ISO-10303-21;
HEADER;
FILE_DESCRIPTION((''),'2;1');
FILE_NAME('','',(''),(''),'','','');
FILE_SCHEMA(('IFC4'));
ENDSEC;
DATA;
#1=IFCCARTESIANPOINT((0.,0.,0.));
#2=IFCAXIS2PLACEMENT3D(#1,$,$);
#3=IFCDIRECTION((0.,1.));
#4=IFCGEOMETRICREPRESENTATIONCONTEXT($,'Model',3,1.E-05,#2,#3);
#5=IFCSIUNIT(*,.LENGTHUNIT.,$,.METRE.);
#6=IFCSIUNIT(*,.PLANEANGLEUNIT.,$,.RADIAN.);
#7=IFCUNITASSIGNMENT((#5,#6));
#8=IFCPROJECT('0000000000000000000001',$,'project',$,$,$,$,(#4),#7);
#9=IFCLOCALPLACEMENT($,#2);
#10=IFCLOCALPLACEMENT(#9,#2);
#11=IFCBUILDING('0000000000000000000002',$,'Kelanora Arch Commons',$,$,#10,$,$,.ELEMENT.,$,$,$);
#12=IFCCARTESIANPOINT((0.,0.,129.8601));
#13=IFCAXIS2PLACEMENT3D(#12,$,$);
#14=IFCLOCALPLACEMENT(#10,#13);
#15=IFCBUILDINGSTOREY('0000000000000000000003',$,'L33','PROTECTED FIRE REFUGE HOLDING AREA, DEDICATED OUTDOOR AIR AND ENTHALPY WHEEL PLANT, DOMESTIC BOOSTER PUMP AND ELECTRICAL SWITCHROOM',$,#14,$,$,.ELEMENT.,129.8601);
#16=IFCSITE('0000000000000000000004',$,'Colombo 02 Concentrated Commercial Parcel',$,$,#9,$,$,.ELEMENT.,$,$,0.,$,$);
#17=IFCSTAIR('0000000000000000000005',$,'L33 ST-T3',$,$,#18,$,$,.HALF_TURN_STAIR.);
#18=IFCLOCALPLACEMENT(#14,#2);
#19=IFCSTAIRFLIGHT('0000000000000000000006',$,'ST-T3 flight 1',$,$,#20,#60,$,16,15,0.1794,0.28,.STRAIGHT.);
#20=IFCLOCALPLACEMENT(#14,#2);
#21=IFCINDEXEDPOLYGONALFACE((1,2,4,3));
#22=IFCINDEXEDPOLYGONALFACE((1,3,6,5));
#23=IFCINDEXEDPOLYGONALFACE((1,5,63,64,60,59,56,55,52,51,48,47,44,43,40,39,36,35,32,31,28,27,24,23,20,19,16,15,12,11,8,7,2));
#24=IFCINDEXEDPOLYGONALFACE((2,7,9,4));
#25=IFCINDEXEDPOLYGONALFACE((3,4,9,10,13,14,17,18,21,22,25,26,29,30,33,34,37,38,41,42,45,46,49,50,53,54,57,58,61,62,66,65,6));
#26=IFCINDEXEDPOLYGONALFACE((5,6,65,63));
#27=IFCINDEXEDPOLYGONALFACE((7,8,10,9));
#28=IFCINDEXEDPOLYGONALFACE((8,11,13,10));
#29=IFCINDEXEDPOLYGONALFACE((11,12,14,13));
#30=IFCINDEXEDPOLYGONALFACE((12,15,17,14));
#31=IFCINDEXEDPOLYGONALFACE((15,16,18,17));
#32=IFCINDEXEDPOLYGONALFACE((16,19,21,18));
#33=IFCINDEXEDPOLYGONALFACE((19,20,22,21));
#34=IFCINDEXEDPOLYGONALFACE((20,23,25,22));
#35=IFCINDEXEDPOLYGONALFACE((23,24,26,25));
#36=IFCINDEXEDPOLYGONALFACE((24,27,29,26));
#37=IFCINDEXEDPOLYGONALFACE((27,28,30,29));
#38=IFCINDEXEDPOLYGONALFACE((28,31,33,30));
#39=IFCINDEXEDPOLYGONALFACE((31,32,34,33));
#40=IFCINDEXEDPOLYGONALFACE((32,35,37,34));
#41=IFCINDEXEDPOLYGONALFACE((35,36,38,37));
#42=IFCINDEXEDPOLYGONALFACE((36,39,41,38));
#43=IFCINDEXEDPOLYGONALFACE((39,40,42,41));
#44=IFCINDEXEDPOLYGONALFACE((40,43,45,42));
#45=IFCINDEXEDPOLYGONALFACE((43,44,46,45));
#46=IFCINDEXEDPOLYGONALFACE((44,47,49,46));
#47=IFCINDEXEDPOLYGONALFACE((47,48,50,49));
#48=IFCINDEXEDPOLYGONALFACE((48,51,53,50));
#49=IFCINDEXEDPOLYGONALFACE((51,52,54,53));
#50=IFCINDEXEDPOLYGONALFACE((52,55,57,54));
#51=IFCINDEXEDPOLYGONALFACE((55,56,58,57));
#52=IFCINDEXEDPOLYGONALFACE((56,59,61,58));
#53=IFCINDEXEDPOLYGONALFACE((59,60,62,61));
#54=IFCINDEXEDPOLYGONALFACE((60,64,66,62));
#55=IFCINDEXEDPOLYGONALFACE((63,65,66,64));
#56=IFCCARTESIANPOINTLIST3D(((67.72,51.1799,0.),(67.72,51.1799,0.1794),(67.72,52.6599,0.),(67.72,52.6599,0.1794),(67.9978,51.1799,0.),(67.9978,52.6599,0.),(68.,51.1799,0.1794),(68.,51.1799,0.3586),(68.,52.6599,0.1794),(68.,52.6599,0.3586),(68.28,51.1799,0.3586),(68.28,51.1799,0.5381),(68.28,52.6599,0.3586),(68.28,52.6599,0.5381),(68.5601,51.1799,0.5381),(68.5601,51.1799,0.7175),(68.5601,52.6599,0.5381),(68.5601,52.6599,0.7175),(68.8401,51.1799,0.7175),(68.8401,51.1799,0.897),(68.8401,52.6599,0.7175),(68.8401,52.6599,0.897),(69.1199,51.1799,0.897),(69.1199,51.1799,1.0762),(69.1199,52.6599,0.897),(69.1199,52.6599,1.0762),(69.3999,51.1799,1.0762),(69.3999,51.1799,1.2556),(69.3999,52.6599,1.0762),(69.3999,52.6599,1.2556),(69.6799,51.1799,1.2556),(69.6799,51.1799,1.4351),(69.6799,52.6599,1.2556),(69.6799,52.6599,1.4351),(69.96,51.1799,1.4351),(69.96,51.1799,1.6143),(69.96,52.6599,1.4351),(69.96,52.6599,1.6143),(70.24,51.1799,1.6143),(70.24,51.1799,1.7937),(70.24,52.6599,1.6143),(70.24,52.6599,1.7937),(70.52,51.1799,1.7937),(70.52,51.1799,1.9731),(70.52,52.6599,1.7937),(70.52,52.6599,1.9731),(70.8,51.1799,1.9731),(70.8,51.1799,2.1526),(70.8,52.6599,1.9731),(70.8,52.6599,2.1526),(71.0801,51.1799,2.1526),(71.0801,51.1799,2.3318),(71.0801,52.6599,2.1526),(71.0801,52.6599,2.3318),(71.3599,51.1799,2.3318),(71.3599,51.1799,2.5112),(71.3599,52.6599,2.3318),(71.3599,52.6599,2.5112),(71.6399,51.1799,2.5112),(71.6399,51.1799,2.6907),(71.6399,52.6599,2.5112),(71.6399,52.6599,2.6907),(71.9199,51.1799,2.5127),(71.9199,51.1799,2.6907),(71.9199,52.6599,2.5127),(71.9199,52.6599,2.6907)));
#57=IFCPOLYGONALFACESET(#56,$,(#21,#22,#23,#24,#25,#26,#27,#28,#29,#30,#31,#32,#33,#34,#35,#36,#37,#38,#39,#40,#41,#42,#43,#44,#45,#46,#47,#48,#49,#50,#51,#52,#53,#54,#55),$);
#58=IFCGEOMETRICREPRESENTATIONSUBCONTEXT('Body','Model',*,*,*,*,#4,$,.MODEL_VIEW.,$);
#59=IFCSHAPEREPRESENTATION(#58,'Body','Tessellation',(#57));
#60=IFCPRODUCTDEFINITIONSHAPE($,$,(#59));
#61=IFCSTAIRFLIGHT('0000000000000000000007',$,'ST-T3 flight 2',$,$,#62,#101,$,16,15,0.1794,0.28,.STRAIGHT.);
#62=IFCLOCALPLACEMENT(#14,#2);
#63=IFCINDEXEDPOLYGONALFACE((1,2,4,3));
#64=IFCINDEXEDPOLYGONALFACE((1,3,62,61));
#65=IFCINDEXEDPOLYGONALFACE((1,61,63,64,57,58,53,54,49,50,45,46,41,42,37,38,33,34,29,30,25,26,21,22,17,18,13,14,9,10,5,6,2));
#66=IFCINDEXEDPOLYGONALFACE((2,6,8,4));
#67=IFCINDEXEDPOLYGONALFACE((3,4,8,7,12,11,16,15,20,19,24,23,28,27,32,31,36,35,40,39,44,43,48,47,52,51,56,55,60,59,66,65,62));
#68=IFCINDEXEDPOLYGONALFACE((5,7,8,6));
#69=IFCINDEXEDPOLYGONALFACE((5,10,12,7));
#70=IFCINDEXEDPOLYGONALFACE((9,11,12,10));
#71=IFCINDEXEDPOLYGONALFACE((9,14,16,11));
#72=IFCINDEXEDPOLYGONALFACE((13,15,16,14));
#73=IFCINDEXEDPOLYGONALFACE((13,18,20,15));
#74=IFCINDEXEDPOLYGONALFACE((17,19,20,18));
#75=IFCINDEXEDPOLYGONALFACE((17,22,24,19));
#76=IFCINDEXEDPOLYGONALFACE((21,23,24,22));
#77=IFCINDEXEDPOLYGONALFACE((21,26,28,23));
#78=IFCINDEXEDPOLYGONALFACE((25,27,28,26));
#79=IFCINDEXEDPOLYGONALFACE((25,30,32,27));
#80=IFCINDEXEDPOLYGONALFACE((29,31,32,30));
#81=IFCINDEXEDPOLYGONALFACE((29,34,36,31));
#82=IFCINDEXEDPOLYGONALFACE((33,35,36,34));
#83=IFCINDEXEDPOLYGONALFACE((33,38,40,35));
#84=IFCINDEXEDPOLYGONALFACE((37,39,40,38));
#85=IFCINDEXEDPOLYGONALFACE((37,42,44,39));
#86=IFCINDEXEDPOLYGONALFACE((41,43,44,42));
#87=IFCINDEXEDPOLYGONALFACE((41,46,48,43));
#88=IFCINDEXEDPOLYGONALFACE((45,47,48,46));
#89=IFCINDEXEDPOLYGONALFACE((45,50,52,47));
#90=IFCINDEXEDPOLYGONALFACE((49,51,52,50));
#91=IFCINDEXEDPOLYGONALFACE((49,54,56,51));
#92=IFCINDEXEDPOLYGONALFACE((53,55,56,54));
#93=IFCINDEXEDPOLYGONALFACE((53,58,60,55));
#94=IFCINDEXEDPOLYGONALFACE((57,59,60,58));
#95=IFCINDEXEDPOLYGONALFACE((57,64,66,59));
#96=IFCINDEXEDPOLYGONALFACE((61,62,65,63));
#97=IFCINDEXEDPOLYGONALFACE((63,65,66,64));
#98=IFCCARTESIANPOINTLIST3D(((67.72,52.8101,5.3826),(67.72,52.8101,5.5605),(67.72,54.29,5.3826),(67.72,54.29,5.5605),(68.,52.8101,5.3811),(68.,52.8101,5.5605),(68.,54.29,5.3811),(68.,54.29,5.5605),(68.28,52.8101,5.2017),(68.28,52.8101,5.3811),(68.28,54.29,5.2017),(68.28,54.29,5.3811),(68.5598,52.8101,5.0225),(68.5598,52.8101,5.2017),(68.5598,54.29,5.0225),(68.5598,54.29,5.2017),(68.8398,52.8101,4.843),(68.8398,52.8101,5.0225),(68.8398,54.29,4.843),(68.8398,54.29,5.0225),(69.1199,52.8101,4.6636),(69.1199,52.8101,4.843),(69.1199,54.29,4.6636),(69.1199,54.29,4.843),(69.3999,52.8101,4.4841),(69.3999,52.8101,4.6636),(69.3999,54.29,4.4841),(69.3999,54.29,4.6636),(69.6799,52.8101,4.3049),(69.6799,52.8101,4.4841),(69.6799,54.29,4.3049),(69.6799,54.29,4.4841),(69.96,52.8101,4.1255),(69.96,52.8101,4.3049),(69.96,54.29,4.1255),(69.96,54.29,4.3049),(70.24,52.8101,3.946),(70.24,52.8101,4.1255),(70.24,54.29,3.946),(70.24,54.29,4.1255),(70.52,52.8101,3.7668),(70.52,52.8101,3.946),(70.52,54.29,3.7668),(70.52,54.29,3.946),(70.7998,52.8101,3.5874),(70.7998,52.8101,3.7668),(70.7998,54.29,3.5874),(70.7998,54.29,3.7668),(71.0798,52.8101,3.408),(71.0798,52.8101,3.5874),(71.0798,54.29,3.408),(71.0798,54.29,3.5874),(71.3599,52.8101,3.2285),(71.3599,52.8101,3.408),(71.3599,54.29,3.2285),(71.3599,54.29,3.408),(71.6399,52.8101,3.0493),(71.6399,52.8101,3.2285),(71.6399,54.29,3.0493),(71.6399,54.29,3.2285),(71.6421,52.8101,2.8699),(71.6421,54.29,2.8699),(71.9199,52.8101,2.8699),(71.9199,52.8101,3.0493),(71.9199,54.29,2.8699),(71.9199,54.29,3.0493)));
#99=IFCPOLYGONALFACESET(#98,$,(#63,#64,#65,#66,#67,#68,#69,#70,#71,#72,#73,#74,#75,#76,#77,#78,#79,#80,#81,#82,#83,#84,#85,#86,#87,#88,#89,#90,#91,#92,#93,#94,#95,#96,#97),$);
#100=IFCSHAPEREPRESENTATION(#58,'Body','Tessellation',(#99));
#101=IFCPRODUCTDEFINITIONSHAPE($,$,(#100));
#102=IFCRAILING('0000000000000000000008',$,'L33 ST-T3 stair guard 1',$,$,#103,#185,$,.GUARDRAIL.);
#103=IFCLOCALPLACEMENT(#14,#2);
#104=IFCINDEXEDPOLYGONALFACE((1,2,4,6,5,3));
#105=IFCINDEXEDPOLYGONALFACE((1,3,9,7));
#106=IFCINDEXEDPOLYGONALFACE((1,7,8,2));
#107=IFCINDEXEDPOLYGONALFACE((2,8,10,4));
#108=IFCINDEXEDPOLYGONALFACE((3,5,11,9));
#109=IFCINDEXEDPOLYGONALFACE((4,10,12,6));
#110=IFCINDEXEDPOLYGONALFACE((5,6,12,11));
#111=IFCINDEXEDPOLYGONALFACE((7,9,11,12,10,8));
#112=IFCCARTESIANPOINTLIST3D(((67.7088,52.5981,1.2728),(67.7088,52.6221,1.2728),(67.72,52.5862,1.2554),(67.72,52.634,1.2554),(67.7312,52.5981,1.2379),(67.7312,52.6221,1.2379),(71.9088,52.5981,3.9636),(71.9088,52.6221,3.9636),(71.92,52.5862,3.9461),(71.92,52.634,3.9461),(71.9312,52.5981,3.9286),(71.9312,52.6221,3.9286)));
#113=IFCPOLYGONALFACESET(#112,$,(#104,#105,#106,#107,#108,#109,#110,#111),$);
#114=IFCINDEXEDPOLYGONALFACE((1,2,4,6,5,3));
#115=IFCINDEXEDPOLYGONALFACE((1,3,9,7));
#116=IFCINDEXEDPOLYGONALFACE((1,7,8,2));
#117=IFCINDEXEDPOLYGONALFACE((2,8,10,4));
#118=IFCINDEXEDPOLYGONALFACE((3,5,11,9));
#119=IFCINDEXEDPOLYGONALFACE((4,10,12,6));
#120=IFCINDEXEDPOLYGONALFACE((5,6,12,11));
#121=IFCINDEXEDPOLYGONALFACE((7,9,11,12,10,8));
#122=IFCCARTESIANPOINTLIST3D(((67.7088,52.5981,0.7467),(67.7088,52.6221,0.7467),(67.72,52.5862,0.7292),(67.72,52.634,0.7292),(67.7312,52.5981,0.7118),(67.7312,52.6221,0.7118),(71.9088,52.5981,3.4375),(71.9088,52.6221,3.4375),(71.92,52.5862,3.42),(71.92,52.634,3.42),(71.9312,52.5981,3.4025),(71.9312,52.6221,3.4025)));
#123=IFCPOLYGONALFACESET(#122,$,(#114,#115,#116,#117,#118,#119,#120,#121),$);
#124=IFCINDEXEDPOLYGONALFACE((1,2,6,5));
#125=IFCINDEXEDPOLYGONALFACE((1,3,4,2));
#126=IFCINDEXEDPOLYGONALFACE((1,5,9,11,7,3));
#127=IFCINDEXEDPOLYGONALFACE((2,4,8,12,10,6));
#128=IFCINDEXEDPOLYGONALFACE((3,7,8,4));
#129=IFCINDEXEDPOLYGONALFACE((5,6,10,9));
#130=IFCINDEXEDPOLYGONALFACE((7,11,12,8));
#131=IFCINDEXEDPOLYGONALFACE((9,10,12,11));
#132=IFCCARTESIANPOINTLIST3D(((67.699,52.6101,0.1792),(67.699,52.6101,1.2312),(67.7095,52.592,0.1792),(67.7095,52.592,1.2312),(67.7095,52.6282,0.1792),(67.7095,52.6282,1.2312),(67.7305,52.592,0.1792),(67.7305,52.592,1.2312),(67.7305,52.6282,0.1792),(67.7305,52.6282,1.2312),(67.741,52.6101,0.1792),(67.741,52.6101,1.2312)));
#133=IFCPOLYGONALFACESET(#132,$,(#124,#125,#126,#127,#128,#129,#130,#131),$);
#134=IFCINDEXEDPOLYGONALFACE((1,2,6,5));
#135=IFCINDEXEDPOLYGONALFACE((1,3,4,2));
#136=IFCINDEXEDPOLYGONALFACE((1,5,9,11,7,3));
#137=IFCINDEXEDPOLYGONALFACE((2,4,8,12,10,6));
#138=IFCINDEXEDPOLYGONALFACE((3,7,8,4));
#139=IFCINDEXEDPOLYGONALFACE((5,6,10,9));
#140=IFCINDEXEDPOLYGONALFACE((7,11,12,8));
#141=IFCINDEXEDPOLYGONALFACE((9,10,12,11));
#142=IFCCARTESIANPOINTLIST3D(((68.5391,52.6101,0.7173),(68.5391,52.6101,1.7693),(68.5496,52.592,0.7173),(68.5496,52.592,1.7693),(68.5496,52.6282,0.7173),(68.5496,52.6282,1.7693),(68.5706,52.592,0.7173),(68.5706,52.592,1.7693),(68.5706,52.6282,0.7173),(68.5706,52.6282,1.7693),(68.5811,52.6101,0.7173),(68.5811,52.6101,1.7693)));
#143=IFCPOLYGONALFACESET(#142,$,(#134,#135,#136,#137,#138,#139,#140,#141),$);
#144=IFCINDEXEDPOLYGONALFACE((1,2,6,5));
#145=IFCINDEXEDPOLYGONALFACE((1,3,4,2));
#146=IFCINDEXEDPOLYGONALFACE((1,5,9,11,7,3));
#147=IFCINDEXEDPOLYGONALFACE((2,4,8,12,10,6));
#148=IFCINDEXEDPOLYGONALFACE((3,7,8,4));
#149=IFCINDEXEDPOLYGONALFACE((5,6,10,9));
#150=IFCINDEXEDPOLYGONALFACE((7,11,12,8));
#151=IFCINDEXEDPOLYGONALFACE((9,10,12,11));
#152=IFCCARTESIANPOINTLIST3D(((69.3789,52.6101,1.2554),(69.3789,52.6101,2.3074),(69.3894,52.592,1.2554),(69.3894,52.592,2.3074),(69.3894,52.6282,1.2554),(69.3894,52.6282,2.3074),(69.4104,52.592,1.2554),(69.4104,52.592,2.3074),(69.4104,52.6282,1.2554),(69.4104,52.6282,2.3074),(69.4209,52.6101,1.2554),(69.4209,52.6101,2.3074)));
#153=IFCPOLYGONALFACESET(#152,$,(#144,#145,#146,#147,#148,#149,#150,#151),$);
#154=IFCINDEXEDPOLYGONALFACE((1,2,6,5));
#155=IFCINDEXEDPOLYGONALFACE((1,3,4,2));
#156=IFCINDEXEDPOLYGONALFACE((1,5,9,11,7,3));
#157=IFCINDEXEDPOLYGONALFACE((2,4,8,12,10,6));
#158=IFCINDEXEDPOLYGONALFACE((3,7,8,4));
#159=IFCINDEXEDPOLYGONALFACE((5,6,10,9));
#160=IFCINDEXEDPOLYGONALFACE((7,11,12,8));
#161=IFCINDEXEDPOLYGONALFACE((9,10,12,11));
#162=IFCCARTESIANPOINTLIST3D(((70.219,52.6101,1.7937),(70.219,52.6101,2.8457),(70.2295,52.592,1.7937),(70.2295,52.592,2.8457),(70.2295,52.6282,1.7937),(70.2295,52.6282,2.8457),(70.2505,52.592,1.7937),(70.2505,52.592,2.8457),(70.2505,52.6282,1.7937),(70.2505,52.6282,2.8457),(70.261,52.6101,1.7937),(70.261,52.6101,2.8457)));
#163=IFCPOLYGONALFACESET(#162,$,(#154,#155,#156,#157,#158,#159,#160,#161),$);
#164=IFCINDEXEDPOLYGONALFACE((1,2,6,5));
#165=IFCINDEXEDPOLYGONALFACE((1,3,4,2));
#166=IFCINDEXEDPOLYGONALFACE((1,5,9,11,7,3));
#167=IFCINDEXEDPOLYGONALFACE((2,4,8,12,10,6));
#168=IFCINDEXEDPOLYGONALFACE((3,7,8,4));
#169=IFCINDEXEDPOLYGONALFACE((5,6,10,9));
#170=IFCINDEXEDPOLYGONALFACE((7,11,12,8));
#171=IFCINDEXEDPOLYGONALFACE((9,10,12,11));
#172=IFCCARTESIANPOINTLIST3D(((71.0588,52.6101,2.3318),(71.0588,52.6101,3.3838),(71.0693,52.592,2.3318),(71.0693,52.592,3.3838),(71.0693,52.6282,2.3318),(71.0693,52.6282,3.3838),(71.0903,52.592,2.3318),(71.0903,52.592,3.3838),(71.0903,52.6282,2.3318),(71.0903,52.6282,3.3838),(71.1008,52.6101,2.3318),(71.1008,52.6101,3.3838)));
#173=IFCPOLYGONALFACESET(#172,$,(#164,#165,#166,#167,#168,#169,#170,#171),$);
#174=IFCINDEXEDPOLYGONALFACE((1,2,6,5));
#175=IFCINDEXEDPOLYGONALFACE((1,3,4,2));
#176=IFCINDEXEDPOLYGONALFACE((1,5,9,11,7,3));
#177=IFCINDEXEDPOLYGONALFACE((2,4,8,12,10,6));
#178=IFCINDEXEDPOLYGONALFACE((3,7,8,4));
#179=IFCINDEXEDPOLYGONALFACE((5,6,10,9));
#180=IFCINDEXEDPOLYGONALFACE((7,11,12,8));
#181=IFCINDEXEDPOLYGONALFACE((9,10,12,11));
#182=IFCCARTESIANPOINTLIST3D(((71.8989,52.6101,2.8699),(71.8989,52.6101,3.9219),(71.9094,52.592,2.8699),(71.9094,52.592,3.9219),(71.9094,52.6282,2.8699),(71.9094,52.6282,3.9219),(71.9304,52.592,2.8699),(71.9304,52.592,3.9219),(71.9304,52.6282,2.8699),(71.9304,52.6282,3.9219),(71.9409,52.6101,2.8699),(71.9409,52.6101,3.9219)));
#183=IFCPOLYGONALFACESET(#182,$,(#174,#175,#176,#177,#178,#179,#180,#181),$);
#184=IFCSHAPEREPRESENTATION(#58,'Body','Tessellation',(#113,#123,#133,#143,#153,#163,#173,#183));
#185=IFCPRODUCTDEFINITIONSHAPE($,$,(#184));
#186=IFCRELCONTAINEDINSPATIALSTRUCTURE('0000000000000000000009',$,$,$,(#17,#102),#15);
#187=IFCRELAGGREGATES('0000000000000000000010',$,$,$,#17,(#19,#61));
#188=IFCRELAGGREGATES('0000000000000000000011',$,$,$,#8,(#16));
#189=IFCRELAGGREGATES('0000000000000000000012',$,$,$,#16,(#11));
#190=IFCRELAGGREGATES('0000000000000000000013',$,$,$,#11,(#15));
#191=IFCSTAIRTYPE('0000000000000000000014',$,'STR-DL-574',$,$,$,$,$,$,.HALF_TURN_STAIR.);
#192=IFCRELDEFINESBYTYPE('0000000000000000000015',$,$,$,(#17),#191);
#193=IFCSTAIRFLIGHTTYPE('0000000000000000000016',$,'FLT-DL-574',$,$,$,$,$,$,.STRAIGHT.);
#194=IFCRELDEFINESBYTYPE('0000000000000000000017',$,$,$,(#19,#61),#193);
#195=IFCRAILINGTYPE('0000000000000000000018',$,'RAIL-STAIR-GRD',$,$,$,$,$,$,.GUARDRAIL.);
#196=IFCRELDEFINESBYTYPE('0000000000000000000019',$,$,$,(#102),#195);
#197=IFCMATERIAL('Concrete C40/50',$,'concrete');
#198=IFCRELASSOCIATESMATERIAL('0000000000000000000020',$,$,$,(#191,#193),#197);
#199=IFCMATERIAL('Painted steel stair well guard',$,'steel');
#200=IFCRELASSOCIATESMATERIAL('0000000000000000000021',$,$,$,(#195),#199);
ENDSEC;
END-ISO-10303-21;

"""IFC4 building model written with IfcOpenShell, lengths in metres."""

from ifc_helpers import new_model, si_unit, direction, frame, origin, place, context, subcontext, project, spatial, polyline, outline, extrude, material, type_object, element, aggregate, save


model = new_model("IFC4")

# Units and contexts
model_context = context("Model", 3, precision=1e-05, world=origin(), true_north=direction((0.0, 1.0)))
body_context = subcontext(model_context, "Body", "Model", "MODEL_VIEW")
ifc_project = project(units=[si_unit("LENGTHUNIT", "METRE"), si_unit("PLANEANGLEUNIT", "RADIAN")], contexts=[model_context])

# Site, building, storey
site_placement = place(None, origin())
site = spatial("IfcSite", under=ifc_project, at=site_placement, Name="Colombo 02 Concentrated Commercial Parcel", CompositionType="ELEMENT", RefElevation=0.0)
building_placement = place(site_placement, origin())
building = spatial("IfcBuilding", under=site, at=building_placement, Name="Kelanora Arch Commons", CompositionType="ELEMENT")
storey_placement = place(building_placement, frame((0.0, 0.0, 129.8601)))
storey = spatial("IfcBuildingStorey", under=building, at=storey_placement, Name="L33", Description="PROTECTED FIRE REFUGE HOLDING AREA, DEDICATED OUTDOOR AIR AND ENTHALPY WHEEL PLANT, DOMESTIC BOOSTER PUMP AND ELECTRICAL SWITCHROOM", CompositionType="ELEMENT", Elevation=129.8601)

# Shared definitions
ifc_material_1 = material(Name="Concrete C40/50", Category="concrete")

# Stair, stair flights
stair_type = type_object("IfcStairType", Name="STR-DL-574", PredefinedType="HALF_TURN_STAIR", material=ifc_material_1)
stair_placement = place(storey_placement, origin())
stair = element("IfcStair", 1, at=stair_placement, inside=storey, type_object=stair_type, Name="L33 ST-T3", PredefinedType="HALF_TURN_STAIR")
stair_flight_type = type_object("IfcStairFlightType", Name="FLT-DL-574", PredefinedType="STRAIGHT", material=ifc_material_1)
stair_flight_1_placement = place(storey_placement, frame((67.72, 51.9199, 0.0), z_axis=(0.0, 0.0, 1.0), x_axis=(1.0, 0.0, 0.0)))
stair_flight_1 = element("IfcStairFlight", 2, at=stair_flight_1_placement, type_object=stair_flight_type, Name="ST-T3 flight 1", NumberOfRisers=16, NumberOfTreads=15, PredefinedType="STRAIGHT", RiserHeight=0.1794, TreadLength=0.28, context=body_context, shape_type="SweptSolid", body=[
    extrude(outline(polyline([(0.0, 0.0), (0.0, 0.1794), (0.28, 0.1794), (0.28, 0.3586), (0.5601, 0.3586), (0.5601, 0.5381), (0.8401, 0.5381), (0.8401, 0.7175), (1.1201, 0.7175), (1.1201, 0.897), (1.3999, 0.897), (1.3999, 1.0762), (1.6799, 1.0762), (1.6799, 1.2556), (1.96, 1.2556), (1.96, 1.4351), (2.24, 1.4351), (2.24, 1.6143), (2.52, 1.6143), (2.52, 1.7937), (2.8, 1.7937), (2.8, 1.9731), (3.0801, 1.9731), (3.0801, 2.1526), (3.3601, 2.1526), (3.3601, 2.3318), (3.6399, 2.3318), (3.6399, 2.5112), (3.9199, 2.5112), (3.9199, 2.6907), (4.2, 2.6907), (4.2, 2.8701), (4.2, 2.5127), (0.2778, 0.0), (0.0, 0.0)])), frame((0.0, 0.74, 0.0), z_axis=(0.0, -1.0, 0.0), x_axis=(1.0, 0.0, 0.0)), (0.0, 0.0, 1.0), 1.48),
])
stair_flight_2_placement = place(storey_placement, frame((71.9199, 53.55, 2.8699), z_axis=(0.0, 0.0, 1.0), x_axis=(-1.0, 0.0, 0.0)))
stair_flight_2 = element("IfcStairFlight", 3, at=stair_flight_2_placement, type_object=stair_flight_type, Name="ST-T3 flight 2", NumberOfRisers=16, NumberOfTreads=15, PredefinedType="STRAIGHT", RiserHeight=0.1794, TreadLength=0.28, context=body_context, shape_type="SweptSolid", body=[
    extrude(outline(polyline([(0.0, 0.0), (0.0, 0.1794), (0.28, 0.1794), (0.28, 0.3586), (0.5601, 0.3586), (0.5601, 0.5381), (0.8401, 0.5381), (0.8401, 0.7175), (1.1201, 0.7175), (1.1201, 0.897), (1.3999, 0.897), (1.3999, 1.0762), (1.6799, 1.0762), (1.6799, 1.2556), (1.96, 1.2556), (1.96, 1.4351), (2.24, 1.4351), (2.24, 1.6143), (2.52, 1.6143), (2.52, 1.7937), (2.8, 1.7937), (2.8, 1.9731), (3.0801, 1.9731), (3.0801, 2.1526), (3.3601, 2.1526), (3.3601, 2.3318), (3.6399, 2.3318), (3.6399, 2.5112), (3.9199, 2.5112), (3.9199, 2.6907), (4.2, 2.6907), (4.2, 2.8701), (4.2, 2.5127), (0.2778, 0.0), (0.0, 0.0)])), frame((0.0, 0.74, 0.0), z_axis=(0.0, -1.0, 0.0), x_axis=(1.0, 0.0, 0.0)), (0.0, 0.0, 1.0), 1.48),
])
aggregate(stair, [stair_flight_1, stair_flight_2])

# Railing
ifc_material_2 = material(Name="Painted steel stair well guard", Category="steel")
railing_type_1 = type_object("IfcRailingType", Name="RAIL-STAIR-GRD", PredefinedType="GUARDRAIL", material=ifc_material_2)
railing_1_placement = place(storey_placement, frame((67.72, 52.6101, 0.1792)))
element("IfcRailing", 4, at=railing_1_placement, inside=storey, type_object=railing_type_1, Name="L33 ST-T3 stair guard 1", PredefinedType="GUARDRAIL", context=body_context, shape_type="SweptSolid", body=[
    extrude(outline(polyline([(0.0239, 0.0), (0.012, 0.0208), (-0.012, 0.0208), (-0.0239, 0.0), (-0.012, -0.0208), (0.012, -0.0208), (0.0239, 0.0)])), frame((0.0, 0.0, 1.0762), z_axis=(0.842025, 0.0, 0.539438), x_axis=(0.0, 1.0, 0.0)), (0.0, 0.0, 1.0), 4.988),
    extrude(outline(polyline([(0.0239, 0.0), (0.012, 0.0208), (-0.012, 0.0208), (-0.0239, 0.0), (-0.012, -0.0208), (0.012, -0.0208), (0.0239, 0.0)])), frame((0.0, 0.0, 0.55), z_axis=(0.842025, 0.0, 0.539438), x_axis=(0.0, 1.0, 0.0)), (0.0, 0.0, 1.0), 4.988),
    extrude(outline(polyline([(0.021, 0.0), (0.0105, 0.0181), (-0.0105, 0.0181), (-0.021, 0.0), (-0.0105, -0.0181), (0.0105, -0.0181), (0.021, 0.0)])), origin(), (0.0, 0.0, 1.0), 1.052),
    extrude(outline(polyline([(0.021, 0.0), (0.0105, 0.0181), (-0.0105, 0.0181), (-0.021, 0.0), (-0.0105, -0.0181), (0.0105, -0.0181), (0.021, 0.0)])), frame((0.8401, 0.0, 0.5381)), (0.0, 0.0, 1.0), 1.052),
    extrude(outline(polyline([(0.021, 0.0), (0.0105, 0.0181), (-0.0105, 0.0181), (-0.021, 0.0), (-0.0105, -0.0181), (0.0105, -0.0181), (0.021, 0.0)])), frame((1.6799, 0.0, 1.0762)), (0.0, 0.0, 1.0), 1.052),
    extrude(outline(polyline([(0.021, 0.0), (0.0105, 0.0181), (-0.0105, 0.0181), (-0.021, 0.0), (-0.0105, -0.0181), (0.0105, -0.0181), (0.021, 0.0)])), frame((2.52, 0.0, 1.6145)), (0.0, 0.0, 1.0), 1.052),
    extrude(outline(polyline([(0.021, 0.0), (0.0105, 0.0181), (-0.0105, 0.0181), (-0.021, 0.0), (-0.0105, -0.0181), (0.0105, -0.0181), (0.021, 0.0)])), frame((3.3599, 0.0, 2.1526)), (0.0, 0.0, 1.0), 1.052),
    extrude(outline(polyline([(0.021, 0.0), (0.0105, 0.0181), (-0.0105, 0.0181), (-0.021, 0.0), (-0.0105, -0.0181), (0.0105, -0.0181), (0.021, 0.0)])), frame((4.2, 0.0, 2.6907)), (0.0, 0.0, 1.0), 1.052),
])

save(model, "model.ifc")
